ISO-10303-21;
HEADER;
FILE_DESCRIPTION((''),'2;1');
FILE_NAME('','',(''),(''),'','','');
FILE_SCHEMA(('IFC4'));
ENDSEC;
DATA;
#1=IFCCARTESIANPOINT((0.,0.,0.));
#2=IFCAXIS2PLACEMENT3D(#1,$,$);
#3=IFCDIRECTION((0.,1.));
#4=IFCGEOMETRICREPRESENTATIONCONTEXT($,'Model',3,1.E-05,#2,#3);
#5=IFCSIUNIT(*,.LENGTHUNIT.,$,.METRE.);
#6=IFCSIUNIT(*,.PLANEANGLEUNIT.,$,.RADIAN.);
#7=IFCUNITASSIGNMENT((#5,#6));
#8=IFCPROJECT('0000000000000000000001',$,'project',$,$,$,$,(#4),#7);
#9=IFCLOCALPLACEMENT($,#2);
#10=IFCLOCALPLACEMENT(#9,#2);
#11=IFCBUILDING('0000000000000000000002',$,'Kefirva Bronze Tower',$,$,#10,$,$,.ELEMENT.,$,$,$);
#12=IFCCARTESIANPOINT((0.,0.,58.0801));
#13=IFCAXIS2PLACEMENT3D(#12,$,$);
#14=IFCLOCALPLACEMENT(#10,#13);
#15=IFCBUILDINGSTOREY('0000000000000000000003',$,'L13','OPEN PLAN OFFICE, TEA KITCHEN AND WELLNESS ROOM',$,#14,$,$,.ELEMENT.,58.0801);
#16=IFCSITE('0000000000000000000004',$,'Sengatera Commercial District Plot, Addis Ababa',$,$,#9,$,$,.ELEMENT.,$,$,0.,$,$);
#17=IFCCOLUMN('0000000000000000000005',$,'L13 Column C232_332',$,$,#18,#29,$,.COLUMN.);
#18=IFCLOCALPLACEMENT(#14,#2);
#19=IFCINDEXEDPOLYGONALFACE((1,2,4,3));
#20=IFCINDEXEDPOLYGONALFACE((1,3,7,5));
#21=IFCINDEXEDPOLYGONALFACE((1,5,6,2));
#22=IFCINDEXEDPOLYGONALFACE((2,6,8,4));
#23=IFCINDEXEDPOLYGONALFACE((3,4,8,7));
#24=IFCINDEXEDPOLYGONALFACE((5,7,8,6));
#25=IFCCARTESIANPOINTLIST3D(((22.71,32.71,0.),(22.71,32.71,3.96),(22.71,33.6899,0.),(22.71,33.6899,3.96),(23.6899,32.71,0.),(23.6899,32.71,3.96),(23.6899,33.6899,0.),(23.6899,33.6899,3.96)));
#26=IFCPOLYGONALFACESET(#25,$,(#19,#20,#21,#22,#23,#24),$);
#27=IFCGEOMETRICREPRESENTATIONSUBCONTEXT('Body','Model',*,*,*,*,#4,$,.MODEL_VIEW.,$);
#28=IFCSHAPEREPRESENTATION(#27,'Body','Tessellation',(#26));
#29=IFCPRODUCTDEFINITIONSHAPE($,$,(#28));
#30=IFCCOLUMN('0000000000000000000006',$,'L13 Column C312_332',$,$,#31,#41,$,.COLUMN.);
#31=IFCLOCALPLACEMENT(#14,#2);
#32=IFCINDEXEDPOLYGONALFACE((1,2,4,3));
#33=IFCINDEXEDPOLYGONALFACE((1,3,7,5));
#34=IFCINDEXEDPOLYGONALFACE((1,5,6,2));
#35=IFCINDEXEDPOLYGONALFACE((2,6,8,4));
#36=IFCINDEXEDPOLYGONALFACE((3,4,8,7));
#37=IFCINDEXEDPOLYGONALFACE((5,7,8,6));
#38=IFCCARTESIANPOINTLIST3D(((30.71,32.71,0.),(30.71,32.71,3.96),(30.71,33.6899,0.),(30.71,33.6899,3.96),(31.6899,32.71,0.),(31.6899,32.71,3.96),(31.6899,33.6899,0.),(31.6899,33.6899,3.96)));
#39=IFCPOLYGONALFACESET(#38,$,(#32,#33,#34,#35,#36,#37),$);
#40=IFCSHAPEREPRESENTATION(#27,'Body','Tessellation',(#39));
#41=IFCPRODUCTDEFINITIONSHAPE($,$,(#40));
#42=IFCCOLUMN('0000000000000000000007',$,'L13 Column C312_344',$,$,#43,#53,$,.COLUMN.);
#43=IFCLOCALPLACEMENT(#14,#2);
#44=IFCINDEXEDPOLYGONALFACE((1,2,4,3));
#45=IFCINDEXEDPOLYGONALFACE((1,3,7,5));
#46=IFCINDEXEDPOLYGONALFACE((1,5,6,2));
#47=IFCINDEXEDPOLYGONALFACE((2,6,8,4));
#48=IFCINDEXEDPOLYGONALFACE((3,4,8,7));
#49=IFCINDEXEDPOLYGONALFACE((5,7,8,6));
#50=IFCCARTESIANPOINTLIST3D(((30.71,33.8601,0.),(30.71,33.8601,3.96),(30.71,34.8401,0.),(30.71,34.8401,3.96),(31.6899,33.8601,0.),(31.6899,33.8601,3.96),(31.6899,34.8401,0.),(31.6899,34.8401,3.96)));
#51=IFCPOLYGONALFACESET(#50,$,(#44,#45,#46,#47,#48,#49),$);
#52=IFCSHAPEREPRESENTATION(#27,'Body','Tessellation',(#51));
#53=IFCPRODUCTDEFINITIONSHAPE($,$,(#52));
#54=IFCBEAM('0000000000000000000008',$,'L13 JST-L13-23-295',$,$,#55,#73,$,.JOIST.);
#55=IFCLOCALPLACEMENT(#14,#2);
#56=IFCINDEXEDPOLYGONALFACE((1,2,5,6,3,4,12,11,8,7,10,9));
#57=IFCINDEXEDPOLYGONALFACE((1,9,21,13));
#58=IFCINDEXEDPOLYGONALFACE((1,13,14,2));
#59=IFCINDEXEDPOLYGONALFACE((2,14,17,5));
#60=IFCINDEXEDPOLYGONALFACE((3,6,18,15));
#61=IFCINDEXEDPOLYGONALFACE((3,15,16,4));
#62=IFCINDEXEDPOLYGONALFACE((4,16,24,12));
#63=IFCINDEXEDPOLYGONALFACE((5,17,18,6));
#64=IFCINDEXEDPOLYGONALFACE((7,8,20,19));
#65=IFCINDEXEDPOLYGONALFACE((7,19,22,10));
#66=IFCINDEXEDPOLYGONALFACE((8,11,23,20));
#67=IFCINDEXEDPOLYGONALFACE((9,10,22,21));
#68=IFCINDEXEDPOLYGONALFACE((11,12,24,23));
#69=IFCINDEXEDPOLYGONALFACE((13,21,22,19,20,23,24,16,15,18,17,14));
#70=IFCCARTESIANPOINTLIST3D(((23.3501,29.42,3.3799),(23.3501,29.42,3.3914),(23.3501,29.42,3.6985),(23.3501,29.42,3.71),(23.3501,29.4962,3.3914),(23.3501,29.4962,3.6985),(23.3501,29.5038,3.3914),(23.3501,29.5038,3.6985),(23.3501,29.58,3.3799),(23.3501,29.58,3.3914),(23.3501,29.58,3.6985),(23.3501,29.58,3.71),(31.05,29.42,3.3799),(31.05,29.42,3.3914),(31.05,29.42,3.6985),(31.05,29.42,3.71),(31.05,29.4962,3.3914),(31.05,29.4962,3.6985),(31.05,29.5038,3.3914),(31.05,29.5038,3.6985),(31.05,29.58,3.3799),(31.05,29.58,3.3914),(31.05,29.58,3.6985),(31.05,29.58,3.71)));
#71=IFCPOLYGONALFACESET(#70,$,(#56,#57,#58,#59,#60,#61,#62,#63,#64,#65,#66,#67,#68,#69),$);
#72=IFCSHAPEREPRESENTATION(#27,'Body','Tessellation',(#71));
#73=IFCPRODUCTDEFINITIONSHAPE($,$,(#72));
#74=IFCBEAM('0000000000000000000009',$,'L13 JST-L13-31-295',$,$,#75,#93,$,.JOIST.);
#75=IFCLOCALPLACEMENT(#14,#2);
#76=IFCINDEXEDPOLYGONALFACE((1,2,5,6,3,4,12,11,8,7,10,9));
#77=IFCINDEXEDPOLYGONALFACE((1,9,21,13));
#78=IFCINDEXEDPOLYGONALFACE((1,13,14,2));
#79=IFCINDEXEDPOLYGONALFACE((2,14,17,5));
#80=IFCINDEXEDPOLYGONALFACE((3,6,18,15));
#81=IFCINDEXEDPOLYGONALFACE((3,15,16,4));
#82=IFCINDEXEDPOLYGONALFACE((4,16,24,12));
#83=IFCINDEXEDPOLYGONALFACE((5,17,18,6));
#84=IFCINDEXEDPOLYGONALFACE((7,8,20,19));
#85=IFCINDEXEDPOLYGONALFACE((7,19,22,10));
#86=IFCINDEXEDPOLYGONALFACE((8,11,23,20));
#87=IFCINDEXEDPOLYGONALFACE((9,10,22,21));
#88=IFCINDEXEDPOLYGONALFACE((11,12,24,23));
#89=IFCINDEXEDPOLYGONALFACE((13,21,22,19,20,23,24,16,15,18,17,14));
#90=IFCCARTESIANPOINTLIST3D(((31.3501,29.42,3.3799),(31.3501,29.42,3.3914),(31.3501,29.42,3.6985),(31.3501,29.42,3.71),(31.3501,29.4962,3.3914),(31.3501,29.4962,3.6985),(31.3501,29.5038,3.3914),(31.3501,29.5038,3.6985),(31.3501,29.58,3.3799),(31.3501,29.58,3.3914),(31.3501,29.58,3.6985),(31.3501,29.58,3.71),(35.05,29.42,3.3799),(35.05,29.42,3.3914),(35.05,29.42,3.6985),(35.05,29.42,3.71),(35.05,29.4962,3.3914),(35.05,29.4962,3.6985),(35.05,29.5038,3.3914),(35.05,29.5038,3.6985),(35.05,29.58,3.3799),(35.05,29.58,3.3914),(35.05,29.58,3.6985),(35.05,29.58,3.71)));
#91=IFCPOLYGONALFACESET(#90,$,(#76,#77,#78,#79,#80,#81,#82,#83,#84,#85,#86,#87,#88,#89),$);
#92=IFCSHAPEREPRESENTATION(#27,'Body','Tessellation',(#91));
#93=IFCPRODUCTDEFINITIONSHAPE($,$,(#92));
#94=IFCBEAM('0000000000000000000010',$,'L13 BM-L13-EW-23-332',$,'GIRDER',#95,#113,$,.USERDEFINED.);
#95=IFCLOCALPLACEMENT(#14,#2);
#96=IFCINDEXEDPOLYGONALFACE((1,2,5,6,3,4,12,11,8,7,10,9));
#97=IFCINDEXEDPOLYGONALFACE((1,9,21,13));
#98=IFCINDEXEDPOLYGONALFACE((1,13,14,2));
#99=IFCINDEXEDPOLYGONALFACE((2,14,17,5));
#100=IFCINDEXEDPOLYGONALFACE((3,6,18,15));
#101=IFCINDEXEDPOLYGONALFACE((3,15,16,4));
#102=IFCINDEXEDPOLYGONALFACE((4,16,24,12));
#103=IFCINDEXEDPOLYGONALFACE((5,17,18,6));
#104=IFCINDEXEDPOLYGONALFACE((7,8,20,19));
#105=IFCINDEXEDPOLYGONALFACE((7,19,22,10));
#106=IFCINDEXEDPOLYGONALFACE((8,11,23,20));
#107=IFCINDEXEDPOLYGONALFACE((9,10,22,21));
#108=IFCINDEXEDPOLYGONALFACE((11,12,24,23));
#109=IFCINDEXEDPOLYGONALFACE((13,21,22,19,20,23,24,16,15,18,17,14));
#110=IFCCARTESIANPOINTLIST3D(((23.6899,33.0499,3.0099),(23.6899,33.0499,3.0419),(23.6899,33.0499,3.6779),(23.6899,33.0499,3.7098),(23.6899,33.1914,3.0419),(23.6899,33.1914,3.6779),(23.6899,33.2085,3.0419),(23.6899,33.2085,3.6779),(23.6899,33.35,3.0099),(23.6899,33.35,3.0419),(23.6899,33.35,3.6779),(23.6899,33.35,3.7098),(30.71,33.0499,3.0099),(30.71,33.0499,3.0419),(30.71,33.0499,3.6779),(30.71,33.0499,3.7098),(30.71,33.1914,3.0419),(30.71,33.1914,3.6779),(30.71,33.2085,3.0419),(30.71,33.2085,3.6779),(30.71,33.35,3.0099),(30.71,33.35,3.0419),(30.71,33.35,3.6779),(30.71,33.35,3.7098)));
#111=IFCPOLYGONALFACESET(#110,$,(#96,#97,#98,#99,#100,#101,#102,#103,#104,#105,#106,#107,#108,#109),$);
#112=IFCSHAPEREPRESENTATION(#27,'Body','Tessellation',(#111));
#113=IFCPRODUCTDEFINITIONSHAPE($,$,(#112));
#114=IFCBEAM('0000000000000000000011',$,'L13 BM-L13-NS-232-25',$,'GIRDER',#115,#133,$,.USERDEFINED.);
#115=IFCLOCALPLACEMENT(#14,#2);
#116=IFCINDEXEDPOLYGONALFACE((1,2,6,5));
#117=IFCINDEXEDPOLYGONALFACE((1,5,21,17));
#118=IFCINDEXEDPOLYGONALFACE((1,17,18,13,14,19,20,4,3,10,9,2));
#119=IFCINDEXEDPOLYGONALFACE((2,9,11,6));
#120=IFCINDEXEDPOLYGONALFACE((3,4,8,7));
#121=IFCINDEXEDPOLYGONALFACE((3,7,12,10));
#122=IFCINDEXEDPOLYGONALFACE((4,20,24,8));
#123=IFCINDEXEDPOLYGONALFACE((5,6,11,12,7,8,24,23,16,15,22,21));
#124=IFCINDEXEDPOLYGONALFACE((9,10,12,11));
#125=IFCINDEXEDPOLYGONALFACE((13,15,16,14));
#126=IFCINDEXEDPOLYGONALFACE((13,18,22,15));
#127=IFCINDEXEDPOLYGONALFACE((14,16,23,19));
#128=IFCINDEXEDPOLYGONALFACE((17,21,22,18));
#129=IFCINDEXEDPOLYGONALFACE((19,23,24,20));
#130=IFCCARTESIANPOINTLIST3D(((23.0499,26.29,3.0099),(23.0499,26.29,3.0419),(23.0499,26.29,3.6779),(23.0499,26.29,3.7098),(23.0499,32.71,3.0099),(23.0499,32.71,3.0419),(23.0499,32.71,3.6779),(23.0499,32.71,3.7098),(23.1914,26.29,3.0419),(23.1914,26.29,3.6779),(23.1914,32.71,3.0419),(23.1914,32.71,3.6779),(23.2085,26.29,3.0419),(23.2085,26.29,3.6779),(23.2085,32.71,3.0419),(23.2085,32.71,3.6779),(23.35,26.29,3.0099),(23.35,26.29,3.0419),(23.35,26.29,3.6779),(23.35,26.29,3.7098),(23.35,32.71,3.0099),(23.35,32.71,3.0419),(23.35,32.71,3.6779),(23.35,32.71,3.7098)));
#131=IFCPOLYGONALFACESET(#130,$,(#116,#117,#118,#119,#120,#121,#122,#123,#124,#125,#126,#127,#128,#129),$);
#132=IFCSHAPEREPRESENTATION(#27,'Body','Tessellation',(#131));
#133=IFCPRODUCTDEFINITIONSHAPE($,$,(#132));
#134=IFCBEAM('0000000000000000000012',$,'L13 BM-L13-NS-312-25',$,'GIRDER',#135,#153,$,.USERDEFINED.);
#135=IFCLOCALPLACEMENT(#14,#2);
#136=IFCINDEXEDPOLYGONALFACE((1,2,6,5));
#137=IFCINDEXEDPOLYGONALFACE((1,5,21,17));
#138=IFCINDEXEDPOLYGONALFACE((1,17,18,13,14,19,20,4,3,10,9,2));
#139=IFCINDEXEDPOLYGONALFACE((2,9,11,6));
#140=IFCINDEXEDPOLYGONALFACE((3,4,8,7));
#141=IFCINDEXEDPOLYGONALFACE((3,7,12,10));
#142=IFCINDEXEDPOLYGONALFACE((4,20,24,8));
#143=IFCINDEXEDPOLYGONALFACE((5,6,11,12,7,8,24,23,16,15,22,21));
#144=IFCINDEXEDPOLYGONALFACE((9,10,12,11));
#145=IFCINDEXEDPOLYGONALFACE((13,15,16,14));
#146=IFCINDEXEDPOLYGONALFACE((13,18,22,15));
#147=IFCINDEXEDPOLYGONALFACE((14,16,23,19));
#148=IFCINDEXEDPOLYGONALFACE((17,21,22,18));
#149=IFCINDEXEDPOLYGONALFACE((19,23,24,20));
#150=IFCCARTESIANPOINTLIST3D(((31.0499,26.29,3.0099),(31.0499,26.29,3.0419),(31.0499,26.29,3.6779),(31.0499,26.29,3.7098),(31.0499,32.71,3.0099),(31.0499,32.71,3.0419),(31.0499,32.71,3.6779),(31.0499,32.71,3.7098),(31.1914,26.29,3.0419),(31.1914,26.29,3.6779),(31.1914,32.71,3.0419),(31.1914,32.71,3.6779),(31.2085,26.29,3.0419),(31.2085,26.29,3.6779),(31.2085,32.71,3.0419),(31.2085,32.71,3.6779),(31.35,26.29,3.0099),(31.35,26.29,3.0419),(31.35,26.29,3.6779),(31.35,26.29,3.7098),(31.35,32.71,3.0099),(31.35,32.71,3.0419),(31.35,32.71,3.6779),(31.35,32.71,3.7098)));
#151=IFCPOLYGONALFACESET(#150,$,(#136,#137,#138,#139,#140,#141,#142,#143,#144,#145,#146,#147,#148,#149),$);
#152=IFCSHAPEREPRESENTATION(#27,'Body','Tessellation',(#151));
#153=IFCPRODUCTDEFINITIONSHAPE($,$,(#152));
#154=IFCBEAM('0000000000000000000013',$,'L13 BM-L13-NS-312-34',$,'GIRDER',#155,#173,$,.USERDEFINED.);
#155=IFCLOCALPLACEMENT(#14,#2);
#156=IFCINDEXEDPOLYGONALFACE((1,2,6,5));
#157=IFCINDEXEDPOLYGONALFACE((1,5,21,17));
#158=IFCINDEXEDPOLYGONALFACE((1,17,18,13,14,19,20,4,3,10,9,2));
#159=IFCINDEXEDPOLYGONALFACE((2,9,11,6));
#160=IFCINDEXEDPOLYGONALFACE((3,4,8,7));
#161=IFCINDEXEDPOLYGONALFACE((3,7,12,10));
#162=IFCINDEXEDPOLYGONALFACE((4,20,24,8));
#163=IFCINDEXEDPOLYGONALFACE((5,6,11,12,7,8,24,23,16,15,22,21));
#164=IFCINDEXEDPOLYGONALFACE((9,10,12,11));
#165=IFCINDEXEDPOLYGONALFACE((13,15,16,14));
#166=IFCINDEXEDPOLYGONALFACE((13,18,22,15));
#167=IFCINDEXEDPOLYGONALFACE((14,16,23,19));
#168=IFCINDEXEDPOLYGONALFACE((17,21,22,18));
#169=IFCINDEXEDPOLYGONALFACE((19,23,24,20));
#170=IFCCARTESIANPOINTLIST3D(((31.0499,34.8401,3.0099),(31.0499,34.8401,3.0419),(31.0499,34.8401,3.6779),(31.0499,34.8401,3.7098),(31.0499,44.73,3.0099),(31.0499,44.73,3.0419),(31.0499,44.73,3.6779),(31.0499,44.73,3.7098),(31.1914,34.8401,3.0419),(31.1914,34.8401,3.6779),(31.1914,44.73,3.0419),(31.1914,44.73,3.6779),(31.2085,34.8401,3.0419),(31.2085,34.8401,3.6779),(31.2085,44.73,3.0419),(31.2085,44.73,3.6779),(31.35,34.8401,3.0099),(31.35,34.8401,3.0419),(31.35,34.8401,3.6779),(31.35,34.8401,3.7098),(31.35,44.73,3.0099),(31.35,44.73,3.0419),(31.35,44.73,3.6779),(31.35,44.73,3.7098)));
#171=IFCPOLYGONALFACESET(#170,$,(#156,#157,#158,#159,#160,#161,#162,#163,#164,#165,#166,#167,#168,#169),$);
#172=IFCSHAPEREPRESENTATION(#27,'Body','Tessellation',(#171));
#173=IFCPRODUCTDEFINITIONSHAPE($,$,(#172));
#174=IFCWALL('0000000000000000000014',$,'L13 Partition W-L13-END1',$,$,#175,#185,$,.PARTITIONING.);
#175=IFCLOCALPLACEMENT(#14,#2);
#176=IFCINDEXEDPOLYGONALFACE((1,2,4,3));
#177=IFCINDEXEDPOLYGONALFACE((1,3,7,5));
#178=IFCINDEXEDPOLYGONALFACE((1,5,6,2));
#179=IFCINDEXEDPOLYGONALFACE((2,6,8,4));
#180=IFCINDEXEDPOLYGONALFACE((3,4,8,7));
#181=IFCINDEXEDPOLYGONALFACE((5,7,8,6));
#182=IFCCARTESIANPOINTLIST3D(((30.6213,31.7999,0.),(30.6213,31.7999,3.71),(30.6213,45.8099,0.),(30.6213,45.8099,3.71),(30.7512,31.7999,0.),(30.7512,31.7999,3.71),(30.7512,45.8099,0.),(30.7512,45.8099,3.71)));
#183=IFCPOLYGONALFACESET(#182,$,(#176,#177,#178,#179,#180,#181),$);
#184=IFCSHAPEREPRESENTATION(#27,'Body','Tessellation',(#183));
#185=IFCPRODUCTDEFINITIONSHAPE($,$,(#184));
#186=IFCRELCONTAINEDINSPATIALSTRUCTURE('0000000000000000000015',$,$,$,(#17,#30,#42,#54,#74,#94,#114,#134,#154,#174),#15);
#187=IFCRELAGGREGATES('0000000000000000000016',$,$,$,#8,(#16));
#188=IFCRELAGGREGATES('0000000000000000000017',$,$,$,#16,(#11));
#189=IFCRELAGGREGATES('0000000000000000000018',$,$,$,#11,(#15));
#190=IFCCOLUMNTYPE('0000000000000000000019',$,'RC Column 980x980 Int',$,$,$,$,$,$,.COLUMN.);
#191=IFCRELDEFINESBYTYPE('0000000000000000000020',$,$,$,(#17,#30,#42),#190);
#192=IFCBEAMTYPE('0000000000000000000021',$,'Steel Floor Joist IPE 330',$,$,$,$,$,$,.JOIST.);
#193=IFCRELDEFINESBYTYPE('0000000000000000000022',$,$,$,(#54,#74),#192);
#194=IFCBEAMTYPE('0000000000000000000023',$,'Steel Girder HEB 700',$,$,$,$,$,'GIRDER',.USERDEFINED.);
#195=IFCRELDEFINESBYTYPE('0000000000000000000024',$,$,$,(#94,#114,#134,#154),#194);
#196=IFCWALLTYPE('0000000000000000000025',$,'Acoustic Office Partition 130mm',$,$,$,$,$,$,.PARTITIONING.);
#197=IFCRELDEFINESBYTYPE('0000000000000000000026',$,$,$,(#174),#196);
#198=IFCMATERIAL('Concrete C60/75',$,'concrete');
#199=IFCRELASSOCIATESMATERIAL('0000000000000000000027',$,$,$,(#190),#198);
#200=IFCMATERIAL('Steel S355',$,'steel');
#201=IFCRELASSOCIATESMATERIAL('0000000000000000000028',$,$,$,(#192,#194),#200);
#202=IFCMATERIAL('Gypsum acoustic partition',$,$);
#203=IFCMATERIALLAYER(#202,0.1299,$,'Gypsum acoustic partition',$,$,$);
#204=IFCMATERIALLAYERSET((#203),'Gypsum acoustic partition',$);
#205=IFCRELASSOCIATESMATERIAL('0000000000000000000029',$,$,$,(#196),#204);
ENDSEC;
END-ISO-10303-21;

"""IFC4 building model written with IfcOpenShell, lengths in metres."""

from ifc_helpers import new_model, si_unit, direction, frame, frame_2d, origin, origin_2d, place, context, subcontext, project, spatial, rectangle, i_section, extrude, material, layer, layer_set, material_profile, profile_set, type_object, element, save


model = new_model("IFC4")

# Units and contexts
model_context = context("Model", 3, precision=1e-05, world=origin(), true_north=direction((0.0, 1.0)))
body_context = subcontext(model_context, "Body", "Model", "MODEL_VIEW")
ifc_project = project(units=[si_unit("LENGTHUNIT", "METRE"), si_unit("PLANEANGLEUNIT", "RADIAN")], contexts=[model_context])

# Site, building, storey
site_placement = place(None, origin())
site = spatial("IfcSite", under=ifc_project, at=site_placement, Name="Sengatera Commercial District Plot, Addis Ababa", CompositionType="ELEMENT", RefElevation=0.0)
building_placement = place(site_placement, origin())
building = spatial("IfcBuilding", under=site, at=building_placement, Name="Kefirva Bronze Tower", CompositionType="ELEMENT")
storey_placement = place(building_placement, frame((0.0, 0.0, 58.0801)))
storey = spatial("IfcBuildingStorey", under=building, at=storey_placement, Name="L13", Description="OPEN PLAN OFFICE, TEA KITCHEN AND WELLNESS ROOM", CompositionType="ELEMENT", Elevation=58.0801)

# Columns
ifc_material_1 = material(Name="Concrete C60/75", Category="concrete")
ifc_material_profile_1 = material_profile(ifc_material_1, rectangle(XDim=0.98, YDim=0.98, at=origin_2d()), Name="RC 980x980")
ifc_profile_set_1 = profile_set([ifc_material_profile_1], Name="Concrete C60/75")
column_type = type_object("IfcColumnType", Name="RC Column 980x980 Int", PredefinedType="COLUMN", material=ifc_profile_set_1)
for number, where, z_axis, x_axis, name in (
    (1, (23.2, 33.2, 0.0), (0.0, 0.0, 1.0), (1.0, 0.0, 0.0), "L13 Column C232_332"),
    (2, (31.2, 33.2, 0.0), (0.0, 0.0, 1.0), (1.0, 0.0, 0.0), "L13 Column C312_332"),
    (3, (31.2, 34.3501, 0.0), (0.0, 0.0, 1.0), (1.0, 0.0, 0.0), "L13 Column C312_344"),
):
    element("IfcColumn", number, at=place(storey_placement, frame(where, z_axis=z_axis, x_axis=x_axis)), inside=storey, type_object=column_type, Name=name, PredefinedType="COLUMN", context=body_context, shape_type="SweptSolid", body=[
        extrude(rectangle(XDim=0.98, YDim=0.98, at=origin_2d()), origin(), (0.0, 0.0, 1.0), 3.96),
    ])

# Beams
ifc_material_2 = material(Name="Steel S355", Category="steel")
ifc_material_profile_2 = material_profile(ifc_material_2, i_section(OverallWidth=0.1599, OverallDepth=0.3301, WebThickness=0.0076, FlangeThickness=0.0115, at=origin_2d()), Name="IPE 330")
ifc_profile_set_2 = profile_set([ifc_material_profile_2], Name="Steel S355")
beam_type_1 = type_object("IfcBeamType", Name="Steel Floor Joist IPE 330", PredefinedType="JOIST", material=ifc_profile_set_2)
beam_1_placement = place(storey_placement, frame((23.3501, 29.5, 3.5449), z_axis=(1.0, 0.0, 0.0), x_axis=(0.0, 1.0, 0.0)))
element("IfcBeam", 4, at=beam_1_placement, inside=storey, type_object=beam_type_1, Name="L13 JST-L13-23-295", PredefinedType="JOIST", context=body_context, shape_type="SweptSolid", body=[
    extrude(i_section(OverallWidth=0.1599, OverallDepth=0.3301, WebThickness=0.0076, FlangeThickness=0.0115, at=origin_2d()), origin(), (0.0, 0.0, 1.0), 7.7),
])
beam_2_placement = place(storey_placement, frame((31.3501, 29.5, 3.5449), z_axis=(1.0, 0.0, 0.0), x_axis=(0.0, 1.0, 0.0)))
element("IfcBeam", 5, at=beam_2_placement, inside=storey, type_object=beam_type_1, Name="L13 JST-L13-31-295", PredefinedType="JOIST", context=body_context, shape_type="SweptSolid", body=[
    extrude(i_section(OverallWidth=0.1599, OverallDepth=0.3301, WebThickness=0.0076, FlangeThickness=0.0115, at=origin_2d()), origin(), (0.0, 0.0, 1.0), 3.7),
])
ifc_material_profile_3 = material_profile(ifc_material_2, i_section(OverallWidth=0.3, OverallDepth=0.7, WebThickness=0.0171, FlangeThickness=0.032, at=origin_2d()), Name="HEB 700")
ifc_profile_set_3 = profile_set([ifc_material_profile_3], Name="Steel S355")
beam_type_2 = type_object("IfcBeamType", Name="Steel Girder HEB 700", ElementType="GIRDER", PredefinedType="USERDEFINED", material=ifc_profile_set_3)
beam_3_placement = place(storey_placement, frame((23.6899, 33.2, 3.3599), z_axis=(1.0, 0.0, 0.0), x_axis=(0.0, 1.0, 0.0)))
element("IfcBeam", 6, at=beam_3_placement, inside=storey, type_object=beam_type_2, Name="L13 BM-L13-EW-23-332", ObjectType="GIRDER", PredefinedType="USERDEFINED", context=body_context, shape_type="SweptSolid", body=[
    extrude(i_section(OverallWidth=0.3, OverallDepth=0.7, WebThickness=0.0171, FlangeThickness=0.032, at=origin_2d()), origin(), (0.0, 0.0, 1.0), 7.02),
])
for number, where, z_axis, x_axis, name in (
    (7, (23.2, 26.29, 3.3599), (0.0, 1.0, 0.0), (-1.0, 0.0, 0.0), "L13 BM-L13-NS-232-25"),
    (8, (31.2, 26.29, 3.3599), (0.0, 1.0, 0.0), (-1.0, 0.0, 0.0), "L13 BM-L13-NS-312-25"),
):
    element("IfcBeam", number, at=place(storey_placement, frame(where, z_axis=z_axis, x_axis=x_axis)), inside=storey, type_object=beam_type_2, Name=name, ObjectType="GIRDER", PredefinedType="USERDEFINED", context=body_context, shape_type="SweptSolid", body=[
        extrude(i_section(OverallWidth=0.3, OverallDepth=0.7, WebThickness=0.0171, FlangeThickness=0.032, at=origin_2d()), origin(), (0.0, 0.0, 1.0), 6.4199),
    ])
beam_4_placement = place(storey_placement, frame((31.2, 34.8401, 3.3599), z_axis=(0.0, 1.0, 0.0), x_axis=(-1.0, 0.0, 0.0)))
element("IfcBeam", 9, at=beam_4_placement, inside=storey, type_object=beam_type_2, Name="L13 BM-L13-NS-312-34", ObjectType="GIRDER", PredefinedType="USERDEFINED", context=body_context, shape_type="SweptSolid", body=[
    extrude(i_section(OverallWidth=0.3, OverallDepth=0.7, WebThickness=0.0171, FlangeThickness=0.032, at=origin_2d()), origin(), (0.0, 0.0, 1.0), 9.8899),
])

# Wall
ifc_material_3 = material(Name="Gypsum acoustic partition")
ifc_layer_1 = layer(ifc_material_3, 0.1299, Name="Gypsum acoustic partition")
ifc_layer_set_1 = layer_set([ifc_layer_1], Name="Gypsum acoustic partition")
wall_type_1 = type_object("IfcWallType", Name="Acoustic Office Partition 130mm", PredefinedType="PARTITIONING", material=ifc_layer_set_1)
wall_1_placement = place(storey_placement, frame((30.6863, 31.8, 0.0), z_axis=(0.0, 0.0, 1.0), x_axis=(0.0, 1.0, 0.0)))
element("IfcWall", 10, at=wall_1_placement, inside=storey, type_object=wall_type_1, Name="L13 Partition W-L13-END1", PredefinedType="PARTITIONING", context=body_context, shape_type="SweptSolid", body=[
    extrude(rectangle(XDim=14.01, YDim=0.1299, at=frame_2d((7.0049, 0.0))), origin(), (0.0, 0.0, 1.0), 3.71),
])

save(model, "model.ifc")
